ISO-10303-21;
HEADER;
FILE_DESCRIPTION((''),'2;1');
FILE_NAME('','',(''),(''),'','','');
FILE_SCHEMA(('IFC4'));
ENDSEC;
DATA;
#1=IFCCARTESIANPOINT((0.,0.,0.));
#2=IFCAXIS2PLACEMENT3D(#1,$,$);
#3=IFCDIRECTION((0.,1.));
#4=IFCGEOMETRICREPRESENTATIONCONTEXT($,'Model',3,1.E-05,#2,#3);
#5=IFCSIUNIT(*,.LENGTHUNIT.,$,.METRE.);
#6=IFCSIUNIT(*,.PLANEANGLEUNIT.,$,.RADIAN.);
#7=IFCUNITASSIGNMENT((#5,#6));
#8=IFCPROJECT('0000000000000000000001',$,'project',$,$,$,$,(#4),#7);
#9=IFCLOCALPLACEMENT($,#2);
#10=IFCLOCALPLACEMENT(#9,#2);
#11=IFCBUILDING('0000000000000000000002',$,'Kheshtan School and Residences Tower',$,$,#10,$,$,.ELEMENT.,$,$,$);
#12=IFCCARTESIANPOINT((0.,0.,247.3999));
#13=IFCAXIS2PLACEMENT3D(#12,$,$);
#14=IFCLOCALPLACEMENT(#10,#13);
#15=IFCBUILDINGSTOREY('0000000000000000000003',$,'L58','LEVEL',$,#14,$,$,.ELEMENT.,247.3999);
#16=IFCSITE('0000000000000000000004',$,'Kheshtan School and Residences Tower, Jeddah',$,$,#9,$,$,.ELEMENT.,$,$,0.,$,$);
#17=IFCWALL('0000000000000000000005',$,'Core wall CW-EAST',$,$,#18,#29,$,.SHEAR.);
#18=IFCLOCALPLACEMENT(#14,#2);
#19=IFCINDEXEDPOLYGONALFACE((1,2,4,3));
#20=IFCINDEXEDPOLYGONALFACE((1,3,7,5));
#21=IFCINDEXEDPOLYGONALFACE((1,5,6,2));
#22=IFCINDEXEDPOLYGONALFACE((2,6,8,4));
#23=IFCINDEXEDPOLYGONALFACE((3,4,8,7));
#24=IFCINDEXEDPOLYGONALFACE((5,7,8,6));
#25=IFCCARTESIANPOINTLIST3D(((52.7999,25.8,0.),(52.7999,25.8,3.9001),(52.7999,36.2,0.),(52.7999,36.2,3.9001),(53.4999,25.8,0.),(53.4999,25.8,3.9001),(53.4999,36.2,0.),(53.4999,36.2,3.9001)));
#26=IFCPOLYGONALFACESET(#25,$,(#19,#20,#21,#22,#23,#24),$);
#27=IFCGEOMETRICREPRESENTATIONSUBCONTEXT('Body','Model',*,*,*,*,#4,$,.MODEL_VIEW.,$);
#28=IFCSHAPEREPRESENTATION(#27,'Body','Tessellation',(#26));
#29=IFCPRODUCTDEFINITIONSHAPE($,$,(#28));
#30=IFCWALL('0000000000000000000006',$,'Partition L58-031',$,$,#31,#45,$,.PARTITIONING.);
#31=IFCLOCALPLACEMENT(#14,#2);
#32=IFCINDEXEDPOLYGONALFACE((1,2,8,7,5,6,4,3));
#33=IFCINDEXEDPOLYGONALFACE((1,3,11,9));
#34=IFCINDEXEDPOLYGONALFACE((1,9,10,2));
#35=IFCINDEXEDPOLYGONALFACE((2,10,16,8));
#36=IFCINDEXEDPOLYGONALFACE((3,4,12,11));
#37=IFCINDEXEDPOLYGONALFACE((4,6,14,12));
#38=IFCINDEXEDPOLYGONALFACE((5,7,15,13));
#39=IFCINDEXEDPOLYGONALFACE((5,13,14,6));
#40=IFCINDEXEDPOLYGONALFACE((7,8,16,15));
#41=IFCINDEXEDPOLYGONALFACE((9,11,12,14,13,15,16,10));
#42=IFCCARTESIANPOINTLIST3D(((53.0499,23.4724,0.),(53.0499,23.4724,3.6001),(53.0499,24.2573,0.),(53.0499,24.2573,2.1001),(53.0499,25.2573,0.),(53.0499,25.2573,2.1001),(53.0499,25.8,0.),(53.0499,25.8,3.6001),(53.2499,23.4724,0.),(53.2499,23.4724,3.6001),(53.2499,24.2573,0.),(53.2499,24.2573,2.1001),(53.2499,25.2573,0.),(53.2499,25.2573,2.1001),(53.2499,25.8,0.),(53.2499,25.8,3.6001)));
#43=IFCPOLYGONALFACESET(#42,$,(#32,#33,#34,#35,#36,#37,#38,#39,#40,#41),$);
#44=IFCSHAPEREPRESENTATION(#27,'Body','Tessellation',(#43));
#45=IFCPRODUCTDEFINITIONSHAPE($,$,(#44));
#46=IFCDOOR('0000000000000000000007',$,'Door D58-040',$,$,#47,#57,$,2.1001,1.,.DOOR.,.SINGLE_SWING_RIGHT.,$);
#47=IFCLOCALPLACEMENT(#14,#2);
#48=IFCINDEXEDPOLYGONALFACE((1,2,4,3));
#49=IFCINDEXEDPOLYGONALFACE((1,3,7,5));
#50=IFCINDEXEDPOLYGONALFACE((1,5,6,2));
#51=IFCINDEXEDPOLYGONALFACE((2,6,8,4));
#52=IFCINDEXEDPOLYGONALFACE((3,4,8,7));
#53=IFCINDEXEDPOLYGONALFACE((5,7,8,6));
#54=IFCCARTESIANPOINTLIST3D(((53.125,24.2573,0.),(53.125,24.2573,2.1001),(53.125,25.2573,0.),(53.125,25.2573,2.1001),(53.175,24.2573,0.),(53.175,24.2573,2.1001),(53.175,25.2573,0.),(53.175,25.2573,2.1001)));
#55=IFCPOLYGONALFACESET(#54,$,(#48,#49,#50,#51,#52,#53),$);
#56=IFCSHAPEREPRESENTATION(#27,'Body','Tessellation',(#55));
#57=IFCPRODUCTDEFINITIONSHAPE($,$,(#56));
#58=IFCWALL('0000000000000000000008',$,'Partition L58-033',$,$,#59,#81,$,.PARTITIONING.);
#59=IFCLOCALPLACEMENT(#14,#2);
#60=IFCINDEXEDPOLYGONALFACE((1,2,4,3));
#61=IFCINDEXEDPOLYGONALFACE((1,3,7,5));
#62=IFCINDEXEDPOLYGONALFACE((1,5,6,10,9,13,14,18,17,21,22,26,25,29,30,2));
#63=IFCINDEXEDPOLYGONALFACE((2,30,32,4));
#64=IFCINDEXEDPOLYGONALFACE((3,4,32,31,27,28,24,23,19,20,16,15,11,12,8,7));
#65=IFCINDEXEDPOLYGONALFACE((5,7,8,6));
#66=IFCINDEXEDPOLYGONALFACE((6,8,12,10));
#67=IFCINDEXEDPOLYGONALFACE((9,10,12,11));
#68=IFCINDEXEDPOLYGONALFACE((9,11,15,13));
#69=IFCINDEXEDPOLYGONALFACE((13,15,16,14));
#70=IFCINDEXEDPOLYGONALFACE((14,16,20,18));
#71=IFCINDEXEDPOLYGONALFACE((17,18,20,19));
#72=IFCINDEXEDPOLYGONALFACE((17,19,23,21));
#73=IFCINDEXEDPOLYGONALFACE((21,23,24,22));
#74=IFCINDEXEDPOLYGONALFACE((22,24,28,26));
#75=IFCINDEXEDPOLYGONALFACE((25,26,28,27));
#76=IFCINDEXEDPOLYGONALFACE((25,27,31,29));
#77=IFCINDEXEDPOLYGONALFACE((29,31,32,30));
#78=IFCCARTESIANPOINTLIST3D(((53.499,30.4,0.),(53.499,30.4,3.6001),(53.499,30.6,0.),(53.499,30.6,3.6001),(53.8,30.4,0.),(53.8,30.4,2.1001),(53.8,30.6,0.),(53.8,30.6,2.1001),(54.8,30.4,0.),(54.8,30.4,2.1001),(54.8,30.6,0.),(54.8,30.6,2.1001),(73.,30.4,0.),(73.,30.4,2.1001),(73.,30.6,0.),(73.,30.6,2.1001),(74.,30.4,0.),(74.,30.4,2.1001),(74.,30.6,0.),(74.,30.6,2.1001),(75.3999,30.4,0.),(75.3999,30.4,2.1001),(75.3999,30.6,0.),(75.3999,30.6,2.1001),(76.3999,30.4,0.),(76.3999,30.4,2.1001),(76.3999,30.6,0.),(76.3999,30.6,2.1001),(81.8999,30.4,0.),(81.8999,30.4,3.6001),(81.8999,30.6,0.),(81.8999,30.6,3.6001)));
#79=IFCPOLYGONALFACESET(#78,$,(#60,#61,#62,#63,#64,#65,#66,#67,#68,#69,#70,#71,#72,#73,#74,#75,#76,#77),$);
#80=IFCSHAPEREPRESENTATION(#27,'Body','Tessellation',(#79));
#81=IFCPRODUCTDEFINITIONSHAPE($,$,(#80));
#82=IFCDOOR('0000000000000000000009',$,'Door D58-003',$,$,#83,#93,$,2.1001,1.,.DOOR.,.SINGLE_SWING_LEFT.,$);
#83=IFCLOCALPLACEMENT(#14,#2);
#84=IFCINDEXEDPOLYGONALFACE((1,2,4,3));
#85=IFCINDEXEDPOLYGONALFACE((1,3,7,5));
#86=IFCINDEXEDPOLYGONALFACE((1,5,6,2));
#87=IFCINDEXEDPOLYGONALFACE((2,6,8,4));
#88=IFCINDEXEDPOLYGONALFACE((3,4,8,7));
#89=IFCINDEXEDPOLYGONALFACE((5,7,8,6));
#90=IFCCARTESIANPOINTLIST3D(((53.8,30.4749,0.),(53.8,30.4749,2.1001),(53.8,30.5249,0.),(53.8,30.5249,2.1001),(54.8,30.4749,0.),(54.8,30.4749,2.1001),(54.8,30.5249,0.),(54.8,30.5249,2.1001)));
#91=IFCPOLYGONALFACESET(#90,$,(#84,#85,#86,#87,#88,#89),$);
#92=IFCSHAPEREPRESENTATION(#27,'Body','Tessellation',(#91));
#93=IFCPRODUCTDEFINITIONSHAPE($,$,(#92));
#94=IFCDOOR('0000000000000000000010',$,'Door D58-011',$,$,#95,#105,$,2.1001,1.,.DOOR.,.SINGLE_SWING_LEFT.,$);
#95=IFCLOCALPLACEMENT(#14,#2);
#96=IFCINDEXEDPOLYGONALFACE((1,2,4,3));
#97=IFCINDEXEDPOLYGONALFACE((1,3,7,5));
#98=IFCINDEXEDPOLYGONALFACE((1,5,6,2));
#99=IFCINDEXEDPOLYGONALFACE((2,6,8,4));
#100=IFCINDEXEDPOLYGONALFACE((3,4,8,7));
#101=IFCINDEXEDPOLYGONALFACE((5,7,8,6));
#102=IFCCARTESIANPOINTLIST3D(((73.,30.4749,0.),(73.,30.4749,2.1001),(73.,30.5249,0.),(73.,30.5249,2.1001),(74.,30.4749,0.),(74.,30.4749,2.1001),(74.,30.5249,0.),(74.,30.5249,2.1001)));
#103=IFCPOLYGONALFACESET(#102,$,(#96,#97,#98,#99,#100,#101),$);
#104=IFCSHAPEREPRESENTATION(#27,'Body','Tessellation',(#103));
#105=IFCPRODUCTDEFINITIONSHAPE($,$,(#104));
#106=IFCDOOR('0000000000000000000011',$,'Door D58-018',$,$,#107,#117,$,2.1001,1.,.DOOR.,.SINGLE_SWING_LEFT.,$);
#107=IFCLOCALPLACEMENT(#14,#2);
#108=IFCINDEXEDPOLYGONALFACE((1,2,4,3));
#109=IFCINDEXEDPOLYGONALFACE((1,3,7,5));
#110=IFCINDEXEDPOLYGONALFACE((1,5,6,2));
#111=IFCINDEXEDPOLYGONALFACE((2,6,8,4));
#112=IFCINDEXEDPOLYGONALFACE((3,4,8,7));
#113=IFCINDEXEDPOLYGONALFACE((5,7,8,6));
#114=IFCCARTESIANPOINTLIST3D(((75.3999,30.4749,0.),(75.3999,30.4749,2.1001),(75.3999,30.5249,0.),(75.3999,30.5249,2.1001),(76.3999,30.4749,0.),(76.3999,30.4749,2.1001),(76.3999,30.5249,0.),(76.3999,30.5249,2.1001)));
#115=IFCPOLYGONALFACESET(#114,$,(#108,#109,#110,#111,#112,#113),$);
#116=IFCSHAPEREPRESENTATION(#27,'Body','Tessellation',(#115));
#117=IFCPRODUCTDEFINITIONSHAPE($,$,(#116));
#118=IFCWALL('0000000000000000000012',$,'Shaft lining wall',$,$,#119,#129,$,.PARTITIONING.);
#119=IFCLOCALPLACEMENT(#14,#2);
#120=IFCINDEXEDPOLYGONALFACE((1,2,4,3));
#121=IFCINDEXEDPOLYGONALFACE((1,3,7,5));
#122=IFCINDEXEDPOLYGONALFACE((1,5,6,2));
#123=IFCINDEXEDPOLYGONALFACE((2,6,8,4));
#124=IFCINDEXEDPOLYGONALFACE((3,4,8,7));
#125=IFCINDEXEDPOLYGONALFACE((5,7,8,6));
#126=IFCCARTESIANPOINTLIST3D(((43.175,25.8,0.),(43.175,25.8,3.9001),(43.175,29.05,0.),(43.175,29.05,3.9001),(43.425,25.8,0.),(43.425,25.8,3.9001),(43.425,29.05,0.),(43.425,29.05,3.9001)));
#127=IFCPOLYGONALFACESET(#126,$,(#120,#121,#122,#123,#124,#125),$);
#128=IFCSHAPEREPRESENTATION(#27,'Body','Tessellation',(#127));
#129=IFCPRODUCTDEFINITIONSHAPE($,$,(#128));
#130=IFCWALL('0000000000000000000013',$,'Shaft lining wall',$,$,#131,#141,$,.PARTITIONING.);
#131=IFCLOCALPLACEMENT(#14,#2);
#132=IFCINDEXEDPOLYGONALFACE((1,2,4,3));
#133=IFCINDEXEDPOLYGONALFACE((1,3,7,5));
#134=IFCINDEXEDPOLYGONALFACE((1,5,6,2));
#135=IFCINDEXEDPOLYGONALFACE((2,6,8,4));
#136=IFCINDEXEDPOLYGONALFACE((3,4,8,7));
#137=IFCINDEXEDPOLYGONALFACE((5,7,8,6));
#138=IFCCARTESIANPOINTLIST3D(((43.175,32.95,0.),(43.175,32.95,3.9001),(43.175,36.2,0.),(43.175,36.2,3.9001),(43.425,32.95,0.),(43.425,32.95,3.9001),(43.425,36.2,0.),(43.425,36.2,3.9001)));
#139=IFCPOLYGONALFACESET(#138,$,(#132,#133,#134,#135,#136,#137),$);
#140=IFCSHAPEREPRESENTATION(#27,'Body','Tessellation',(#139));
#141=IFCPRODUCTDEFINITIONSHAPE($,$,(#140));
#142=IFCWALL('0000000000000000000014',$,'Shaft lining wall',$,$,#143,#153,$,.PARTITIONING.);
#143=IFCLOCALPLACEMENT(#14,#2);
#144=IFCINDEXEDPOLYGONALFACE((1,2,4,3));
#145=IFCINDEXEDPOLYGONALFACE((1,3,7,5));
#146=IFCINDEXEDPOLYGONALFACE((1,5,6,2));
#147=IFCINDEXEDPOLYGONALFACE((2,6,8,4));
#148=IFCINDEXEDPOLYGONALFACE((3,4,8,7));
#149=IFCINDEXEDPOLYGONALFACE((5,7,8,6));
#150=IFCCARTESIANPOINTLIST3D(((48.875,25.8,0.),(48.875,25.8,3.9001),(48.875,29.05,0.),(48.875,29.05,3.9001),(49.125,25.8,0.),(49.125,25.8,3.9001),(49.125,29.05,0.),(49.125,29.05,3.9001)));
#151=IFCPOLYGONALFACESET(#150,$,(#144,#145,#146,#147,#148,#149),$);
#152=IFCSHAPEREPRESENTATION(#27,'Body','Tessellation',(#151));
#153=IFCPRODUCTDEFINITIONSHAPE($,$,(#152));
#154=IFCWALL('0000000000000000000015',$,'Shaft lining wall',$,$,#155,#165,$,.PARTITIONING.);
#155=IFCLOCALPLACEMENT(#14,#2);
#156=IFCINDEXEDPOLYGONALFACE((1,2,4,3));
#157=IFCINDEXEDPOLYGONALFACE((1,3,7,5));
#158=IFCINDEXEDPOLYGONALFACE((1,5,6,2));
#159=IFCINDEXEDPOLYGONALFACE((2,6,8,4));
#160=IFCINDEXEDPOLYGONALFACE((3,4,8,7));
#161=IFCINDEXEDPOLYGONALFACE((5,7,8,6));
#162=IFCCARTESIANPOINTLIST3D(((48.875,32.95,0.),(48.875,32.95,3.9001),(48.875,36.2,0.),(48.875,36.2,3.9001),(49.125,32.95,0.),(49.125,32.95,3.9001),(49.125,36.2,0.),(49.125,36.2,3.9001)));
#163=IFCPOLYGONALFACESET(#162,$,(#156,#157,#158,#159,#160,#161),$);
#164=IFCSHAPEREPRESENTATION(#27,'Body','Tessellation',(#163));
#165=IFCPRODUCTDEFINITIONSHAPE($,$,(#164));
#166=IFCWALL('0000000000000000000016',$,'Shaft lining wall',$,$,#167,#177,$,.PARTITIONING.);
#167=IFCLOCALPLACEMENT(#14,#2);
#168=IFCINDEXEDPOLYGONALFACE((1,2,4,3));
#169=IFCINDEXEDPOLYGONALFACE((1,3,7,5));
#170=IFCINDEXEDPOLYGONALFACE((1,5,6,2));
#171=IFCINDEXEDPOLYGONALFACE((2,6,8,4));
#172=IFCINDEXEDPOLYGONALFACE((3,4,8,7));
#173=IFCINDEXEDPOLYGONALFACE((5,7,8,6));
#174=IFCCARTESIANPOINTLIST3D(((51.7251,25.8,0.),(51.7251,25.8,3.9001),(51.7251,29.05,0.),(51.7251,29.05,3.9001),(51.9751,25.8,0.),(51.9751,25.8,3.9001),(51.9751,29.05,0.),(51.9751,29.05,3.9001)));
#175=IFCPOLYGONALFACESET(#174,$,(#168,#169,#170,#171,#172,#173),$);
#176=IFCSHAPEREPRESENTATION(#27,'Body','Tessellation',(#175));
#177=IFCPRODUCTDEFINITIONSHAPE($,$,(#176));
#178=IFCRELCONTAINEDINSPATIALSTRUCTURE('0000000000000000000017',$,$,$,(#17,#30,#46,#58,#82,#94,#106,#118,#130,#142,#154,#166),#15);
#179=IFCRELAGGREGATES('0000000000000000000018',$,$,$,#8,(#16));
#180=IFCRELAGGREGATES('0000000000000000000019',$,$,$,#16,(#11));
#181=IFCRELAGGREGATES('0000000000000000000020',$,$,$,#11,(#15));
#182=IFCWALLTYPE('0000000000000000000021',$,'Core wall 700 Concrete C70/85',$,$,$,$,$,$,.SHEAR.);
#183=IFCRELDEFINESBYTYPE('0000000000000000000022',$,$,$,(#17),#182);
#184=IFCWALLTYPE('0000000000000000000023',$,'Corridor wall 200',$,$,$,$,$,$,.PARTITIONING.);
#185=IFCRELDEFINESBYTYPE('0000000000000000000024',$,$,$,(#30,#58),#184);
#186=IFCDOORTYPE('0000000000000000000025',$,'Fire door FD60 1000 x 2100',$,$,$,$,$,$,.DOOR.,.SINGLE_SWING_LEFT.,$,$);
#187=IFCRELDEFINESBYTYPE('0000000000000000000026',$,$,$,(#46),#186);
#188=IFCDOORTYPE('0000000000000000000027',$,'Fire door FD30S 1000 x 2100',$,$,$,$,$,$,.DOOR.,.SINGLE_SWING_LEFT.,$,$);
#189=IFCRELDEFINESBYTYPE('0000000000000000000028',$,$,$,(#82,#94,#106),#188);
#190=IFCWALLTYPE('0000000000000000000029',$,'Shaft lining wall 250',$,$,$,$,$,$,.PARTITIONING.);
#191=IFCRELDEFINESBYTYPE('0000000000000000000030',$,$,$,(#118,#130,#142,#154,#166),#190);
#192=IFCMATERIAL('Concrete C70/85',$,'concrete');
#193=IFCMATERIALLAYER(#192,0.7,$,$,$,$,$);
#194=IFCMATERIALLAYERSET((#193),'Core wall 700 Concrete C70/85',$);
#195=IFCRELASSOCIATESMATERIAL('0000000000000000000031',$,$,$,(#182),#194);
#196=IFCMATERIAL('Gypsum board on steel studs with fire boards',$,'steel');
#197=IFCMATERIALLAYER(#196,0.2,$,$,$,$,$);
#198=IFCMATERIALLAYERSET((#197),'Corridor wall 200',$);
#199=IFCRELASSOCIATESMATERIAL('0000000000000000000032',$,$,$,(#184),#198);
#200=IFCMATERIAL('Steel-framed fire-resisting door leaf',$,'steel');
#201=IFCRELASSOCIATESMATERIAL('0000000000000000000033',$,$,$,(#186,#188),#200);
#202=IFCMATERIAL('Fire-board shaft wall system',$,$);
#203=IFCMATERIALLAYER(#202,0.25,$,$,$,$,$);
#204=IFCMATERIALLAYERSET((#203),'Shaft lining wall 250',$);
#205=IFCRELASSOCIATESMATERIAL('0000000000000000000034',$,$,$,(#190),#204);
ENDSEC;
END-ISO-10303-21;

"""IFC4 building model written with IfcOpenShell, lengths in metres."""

from ifc_helpers import new_model, si_unit, direction, frame, frame_2d, origin, place, context, subcontext, project, spatial, rectangle, extrude, source, transform, mapped, material, layer, layer_set, type_object, element, fill, save


model = new_model("IFC4")

# Units and contexts
model_context = context("Model", 3, precision=1e-05, world=origin(), true_north=direction((0.0, 1.0)))
body_context = subcontext(model_context, "Body", "Model", "MODEL_VIEW")
ifc_project = project(units=[si_unit("LENGTHUNIT", "METRE"), si_unit("PLANEANGLEUNIT", "RADIAN")], contexts=[model_context])

# Site, building, storey
site_placement = place(None, origin())
site = spatial("IfcSite", under=ifc_project, at=site_placement, Name="Kheshtan School and Residences Tower, Jeddah", CompositionType="ELEMENT", RefElevation=0.0)
building_placement = place(site_placement, origin())
building = spatial("IfcBuilding", under=site, at=building_placement, Name="Kheshtan School and Residences Tower", CompositionType="ELEMENT")
storey_placement = place(building_placement, frame((0.0, 0.0, 247.3999)))
storey = spatial("IfcBuildingStorey", under=building, at=storey_placement, Name="L58", Description="LEVEL", CompositionType="ELEMENT", Elevation=247.3999)

# Wall
ifc_material_1 = material(Name="Concrete C70/85", Category="concrete")
ifc_layer_1 = layer(ifc_material_1, 0.7)
ifc_layer_set_1 = layer_set([ifc_layer_1], Name="Core wall 700 Concrete C70/85")
wall_type_1 = type_object("IfcWallType", Name="Core wall 700 Concrete C70/85", PredefinedType="SHEAR", material=ifc_layer_set_1)
wall_1_placement = place(storey_placement, frame((53.1499, 25.8, 0.0), z_axis=(0.0, 0.0, 1.0), x_axis=(0.0, 1.0, 0.0)))
element("IfcWall", 1, at=wall_1_placement, inside=storey, type_object=wall_type_1, Name="Core wall CW-EAST", PredefinedType="SHEAR", context=body_context, shape_type="SweptSolid", body=[
    extrude(rectangle(XDim=10.3999, YDim=0.7, at=frame_2d((5.2, 0.0))), origin(), (0.0, 0.0, 1.0), 3.9001),
])

# Wall, opening, door
ifc_material_2 = material(Name="Gypsum board on steel studs with fire boards", Category="steel")
ifc_layer_2 = layer(ifc_material_2, 0.2)
ifc_layer_set_2 = layer_set([ifc_layer_2], Name="Corridor wall 200")
wall_type_2 = type_object("IfcWallType", Name="Corridor wall 200", PredefinedType="PARTITIONING", material=ifc_layer_set_2)
wall_2_placement = place(storey_placement, frame((53.1499, 23.4724, 0.0), z_axis=(0.0, 0.0, 1.0), x_axis=(0.0, 1.0, 0.0)))
wall_2 = element("IfcWall", 2, at=wall_2_placement, inside=storey, type_object=wall_type_2, Name="Partition L58-031", PredefinedType="PARTITIONING", context=body_context, shape_type="SweptSolid", body=[
    extrude(rectangle(XDim=2.3276, YDim=0.2, at=frame_2d((1.1638, 0.0))), origin(), (0.0, 0.0, 1.0), 3.6001),
])
opening_1_placement = place(wall_2_placement, frame((0.7849, 0.0, 0.0)))
opening_1 = element("IfcOpeningElement", 3, at=opening_1_placement, cuts=wall_2, PredefinedType="OPENING", context=body_context, shape_type="SweptSolid", body=[
    extrude(rectangle(XDim=1.0, YDim=2.1001, at=frame_2d((0.5, 1.05))), frame((0.0, 0.1099, 0.0), z_axis=(0.0, -1.0, 0.0), x_axis=(1.0, 0.0, 0.0)), (0.0, 0.0, 1.0), 0.22),
])
ifc_material_3 = material(Name="Steel-framed fire-resisting door leaf", Category="steel")
door_type_1 = type_object("IfcDoorType", Name="Fire door FD60 1000 x 2100", OperationType="SINGLE_SWING_LEFT", PredefinedType="DOOR", material=ifc_material_3)
shared_shape_1 = source(origin(), body_context, "Body", "SweptSolid", [
    extrude(rectangle(XDim=1.0, YDim=2.1001, at=frame_2d((0.5, 1.05))), frame((0.0, 0.0249, 0.0), z_axis=(0.0, -1.0, 0.0), x_axis=(1.0, 0.0, 0.0)), (0.0, 0.0, 1.0), 0.05),
])
door_1_placement = place(opening_1_placement, origin())
door_1 = element("IfcDoor", 4, at=door_1_placement, inside=storey, type_object=door_type_1, Name="Door D58-040", OperationType="SINGLE_SWING_RIGHT", OverallHeight=2.1001, OverallWidth=1.0, PredefinedType="DOOR", context=body_context, shape_type="MappedRepresentation", body=[
    mapped(shared_shape_1, transform((0.0, 0.0, 0.0), x_axis=(1.0, 0.0, 0.0), y_axis=(0.0, 1.0, 0.0), z_axis=(0.0, 0.0, 1.0), scale=1.0)),
])
fill(opening_1, door_1)

# Wall, openings, doors
wall_3_placement = place(storey_placement, frame((53.499, 30.5, 0.0), z_axis=(0.0, 0.0, 1.0), x_axis=(1.0, 0.0, 0.0)))
wall_3 = element("IfcWall", 5, at=wall_3_placement, inside=storey, type_object=wall_type_2, Name="Partition L58-033", PredefinedType="PARTITIONING", context=body_context, shape_type="SweptSolid", body=[
    extrude(rectangle(XDim=28.4009, YDim=0.2, at=frame_2d((14.2004, 0.0))), origin(), (0.0, 0.0, 1.0), 3.6001),
])
opening_2_placement = place(wall_3_placement, frame((0.301, 0.0, 0.0)))
opening_2 = element("IfcOpeningElement", 6, at=opening_2_placement, cuts=wall_3, PredefinedType="OPENING", context=body_context, shape_type="SweptSolid", body=[
    extrude(rectangle(XDim=1.0, YDim=2.1001, at=frame_2d((0.5, 1.05))), frame((0.0, 0.1099, 0.0), z_axis=(0.0, -1.0, 0.0), x_axis=(1.0, 0.0, 0.0)), (0.0, 0.0, 1.0), 0.22),
])
opening_3_placement = place(wall_3_placement, frame((19.501, 0.0, 0.0)))
opening_3 = element("IfcOpeningElement", 7, at=opening_3_placement, cuts=wall_3, PredefinedType="OPENING", context=body_context, shape_type="SweptSolid", body=[
    extrude(rectangle(XDim=1.0, YDim=2.1001, at=frame_2d((0.5, 1.05))), frame((0.0, 0.1099, 0.0), z_axis=(0.0, -1.0, 0.0), x_axis=(1.0, 0.0, 0.0)), (0.0, 0.0, 1.0), 0.22),
])
opening_4_placement = place(wall_3_placement, frame((21.9009, 0.0, 0.0)))
opening_4 = element("IfcOpeningElement", 8, at=opening_4_placement, cuts=wall_3, PredefinedType="OPENING", context=body_context, shape_type="SweptSolid", body=[
    extrude(rectangle(XDim=1.0, YDim=2.1001, at=frame_2d((0.5, 1.05))), frame((0.0, 0.1099, 0.0), z_axis=(0.0, -1.0, 0.0), x_axis=(1.0, 0.0, 0.0)), (0.0, 0.0, 1.0), 0.22),
])
door_type_2 = type_object("IfcDoorType", Name="Fire door FD30S 1000 x 2100", OperationType="SINGLE_SWING_LEFT", PredefinedType="DOOR", material=ifc_material_3)
shared_shape_2 = source(origin(), body_context, "Body", "SweptSolid", [
    extrude(rectangle(XDim=1.0, YDim=2.1001, at=frame_2d((0.5, 1.05))), frame((0.0, 0.0249, 0.0), z_axis=(0.0, -1.0, 0.0), x_axis=(1.0, 0.0, 0.0)), (0.0, 0.0, 1.0), 0.05),
])
door_2_placement = place(opening_2_placement, origin())
door_2 = element("IfcDoor", 9, at=door_2_placement, inside=storey, type_object=door_type_2, Name="Door D58-003", OperationType="SINGLE_SWING_LEFT", OverallHeight=2.1001, OverallWidth=1.0, PredefinedType="DOOR", context=body_context, shape_type="MappedRepresentation", body=[
    mapped(shared_shape_2, transform((0.0, 0.0, 0.0), x_axis=(1.0, 0.0, 0.0), y_axis=(0.0, 1.0, 0.0), z_axis=(0.0, 0.0, 1.0), scale=1.0)),
])
fill(opening_2, door_2)
door_3_placement = place(opening_3_placement, origin())
door_3 = element("IfcDoor", 10, at=door_3_placement, inside=storey, type_object=door_type_2, Name="Door D58-011", OperationType="SINGLE_SWING_LEFT", OverallHeight=2.1001, OverallWidth=1.0, PredefinedType="DOOR", context=body_context, shape_type="MappedRepresentation", body=[
    mapped(shared_shape_2, transform((0.0, 0.0, 0.0), x_axis=(1.0, 0.0, 0.0), y_axis=(0.0, 1.0, 0.0), z_axis=(0.0, 0.0, 1.0), scale=1.0)),
])
fill(opening_3, door_3)
door_4_placement = place(opening_4_placement, origin())
door_4 = element("IfcDoor", 11, at=door_4_placement, inside=storey, type_object=door_type_2, Name="Door D58-018", OperationType="SINGLE_SWING_LEFT", OverallHeight=2.1001, OverallWidth=1.0, PredefinedType="DOOR", context=body_context, shape_type="MappedRepresentation", body=[
    mapped(shared_shape_2, transform((0.0, 0.0, 0.0), x_axis=(1.0, 0.0, 0.0), y_axis=(0.0, 1.0, 0.0), z_axis=(0.0, 0.0, 1.0), scale=1.0)),
])
fill(opening_4, door_4)

# Walls
ifc_material_4 = material(Name="Fire-board shaft wall system")
ifc_layer_3 = layer(ifc_material_4, 0.25)
ifc_layer_set_3 = layer_set([ifc_layer_3], Name="Shaft lining wall 250")
wall_type_3 = type_object("IfcWallType", Name="Shaft lining wall 250", PredefinedType="PARTITIONING", material=ifc_layer_set_3)
for number, where, z_axis, x_axis, name in (
    (12, (43.3, 25.8, 0.0), (0.0, 0.0, 1.0), (0.0, 1.0, 0.0), "Shaft lining wall"),
    (13, (43.3, 32.95, 0.0), (0.0, 0.0, 1.0), (0.0, 1.0, 0.0), "Shaft lining wall"),
    (14, (49.0, 25.8, 0.0), (0.0, 0.0, 1.0), (0.0, 1.0, 0.0), "Shaft lining wall"),
    (15, (49.0, 32.95, 0.0), (0.0, 0.0, 1.0), (0.0, 1.0, 0.0), "Shaft lining wall"),
    (16, (51.8501, 25.8, 0.0), (0.0, 0.0, 1.0), (0.0, 1.0, 0.0), "Shaft lining wall"),
):
    element("IfcWall", number, at=place(storey_placement, frame(where, z_axis=z_axis, x_axis=x_axis)), inside=storey, type_object=wall_type_3, Name=name, PredefinedType="PARTITIONING", context=body_context, shape_type="SweptSolid", body=[
        extrude(rectangle(XDim=3.25, YDim=0.25, at=frame_2d((1.625, 0.0))), origin(), (0.0, 0.0, 1.0), 3.9001),
    ])

save(model, "model.ifc")
